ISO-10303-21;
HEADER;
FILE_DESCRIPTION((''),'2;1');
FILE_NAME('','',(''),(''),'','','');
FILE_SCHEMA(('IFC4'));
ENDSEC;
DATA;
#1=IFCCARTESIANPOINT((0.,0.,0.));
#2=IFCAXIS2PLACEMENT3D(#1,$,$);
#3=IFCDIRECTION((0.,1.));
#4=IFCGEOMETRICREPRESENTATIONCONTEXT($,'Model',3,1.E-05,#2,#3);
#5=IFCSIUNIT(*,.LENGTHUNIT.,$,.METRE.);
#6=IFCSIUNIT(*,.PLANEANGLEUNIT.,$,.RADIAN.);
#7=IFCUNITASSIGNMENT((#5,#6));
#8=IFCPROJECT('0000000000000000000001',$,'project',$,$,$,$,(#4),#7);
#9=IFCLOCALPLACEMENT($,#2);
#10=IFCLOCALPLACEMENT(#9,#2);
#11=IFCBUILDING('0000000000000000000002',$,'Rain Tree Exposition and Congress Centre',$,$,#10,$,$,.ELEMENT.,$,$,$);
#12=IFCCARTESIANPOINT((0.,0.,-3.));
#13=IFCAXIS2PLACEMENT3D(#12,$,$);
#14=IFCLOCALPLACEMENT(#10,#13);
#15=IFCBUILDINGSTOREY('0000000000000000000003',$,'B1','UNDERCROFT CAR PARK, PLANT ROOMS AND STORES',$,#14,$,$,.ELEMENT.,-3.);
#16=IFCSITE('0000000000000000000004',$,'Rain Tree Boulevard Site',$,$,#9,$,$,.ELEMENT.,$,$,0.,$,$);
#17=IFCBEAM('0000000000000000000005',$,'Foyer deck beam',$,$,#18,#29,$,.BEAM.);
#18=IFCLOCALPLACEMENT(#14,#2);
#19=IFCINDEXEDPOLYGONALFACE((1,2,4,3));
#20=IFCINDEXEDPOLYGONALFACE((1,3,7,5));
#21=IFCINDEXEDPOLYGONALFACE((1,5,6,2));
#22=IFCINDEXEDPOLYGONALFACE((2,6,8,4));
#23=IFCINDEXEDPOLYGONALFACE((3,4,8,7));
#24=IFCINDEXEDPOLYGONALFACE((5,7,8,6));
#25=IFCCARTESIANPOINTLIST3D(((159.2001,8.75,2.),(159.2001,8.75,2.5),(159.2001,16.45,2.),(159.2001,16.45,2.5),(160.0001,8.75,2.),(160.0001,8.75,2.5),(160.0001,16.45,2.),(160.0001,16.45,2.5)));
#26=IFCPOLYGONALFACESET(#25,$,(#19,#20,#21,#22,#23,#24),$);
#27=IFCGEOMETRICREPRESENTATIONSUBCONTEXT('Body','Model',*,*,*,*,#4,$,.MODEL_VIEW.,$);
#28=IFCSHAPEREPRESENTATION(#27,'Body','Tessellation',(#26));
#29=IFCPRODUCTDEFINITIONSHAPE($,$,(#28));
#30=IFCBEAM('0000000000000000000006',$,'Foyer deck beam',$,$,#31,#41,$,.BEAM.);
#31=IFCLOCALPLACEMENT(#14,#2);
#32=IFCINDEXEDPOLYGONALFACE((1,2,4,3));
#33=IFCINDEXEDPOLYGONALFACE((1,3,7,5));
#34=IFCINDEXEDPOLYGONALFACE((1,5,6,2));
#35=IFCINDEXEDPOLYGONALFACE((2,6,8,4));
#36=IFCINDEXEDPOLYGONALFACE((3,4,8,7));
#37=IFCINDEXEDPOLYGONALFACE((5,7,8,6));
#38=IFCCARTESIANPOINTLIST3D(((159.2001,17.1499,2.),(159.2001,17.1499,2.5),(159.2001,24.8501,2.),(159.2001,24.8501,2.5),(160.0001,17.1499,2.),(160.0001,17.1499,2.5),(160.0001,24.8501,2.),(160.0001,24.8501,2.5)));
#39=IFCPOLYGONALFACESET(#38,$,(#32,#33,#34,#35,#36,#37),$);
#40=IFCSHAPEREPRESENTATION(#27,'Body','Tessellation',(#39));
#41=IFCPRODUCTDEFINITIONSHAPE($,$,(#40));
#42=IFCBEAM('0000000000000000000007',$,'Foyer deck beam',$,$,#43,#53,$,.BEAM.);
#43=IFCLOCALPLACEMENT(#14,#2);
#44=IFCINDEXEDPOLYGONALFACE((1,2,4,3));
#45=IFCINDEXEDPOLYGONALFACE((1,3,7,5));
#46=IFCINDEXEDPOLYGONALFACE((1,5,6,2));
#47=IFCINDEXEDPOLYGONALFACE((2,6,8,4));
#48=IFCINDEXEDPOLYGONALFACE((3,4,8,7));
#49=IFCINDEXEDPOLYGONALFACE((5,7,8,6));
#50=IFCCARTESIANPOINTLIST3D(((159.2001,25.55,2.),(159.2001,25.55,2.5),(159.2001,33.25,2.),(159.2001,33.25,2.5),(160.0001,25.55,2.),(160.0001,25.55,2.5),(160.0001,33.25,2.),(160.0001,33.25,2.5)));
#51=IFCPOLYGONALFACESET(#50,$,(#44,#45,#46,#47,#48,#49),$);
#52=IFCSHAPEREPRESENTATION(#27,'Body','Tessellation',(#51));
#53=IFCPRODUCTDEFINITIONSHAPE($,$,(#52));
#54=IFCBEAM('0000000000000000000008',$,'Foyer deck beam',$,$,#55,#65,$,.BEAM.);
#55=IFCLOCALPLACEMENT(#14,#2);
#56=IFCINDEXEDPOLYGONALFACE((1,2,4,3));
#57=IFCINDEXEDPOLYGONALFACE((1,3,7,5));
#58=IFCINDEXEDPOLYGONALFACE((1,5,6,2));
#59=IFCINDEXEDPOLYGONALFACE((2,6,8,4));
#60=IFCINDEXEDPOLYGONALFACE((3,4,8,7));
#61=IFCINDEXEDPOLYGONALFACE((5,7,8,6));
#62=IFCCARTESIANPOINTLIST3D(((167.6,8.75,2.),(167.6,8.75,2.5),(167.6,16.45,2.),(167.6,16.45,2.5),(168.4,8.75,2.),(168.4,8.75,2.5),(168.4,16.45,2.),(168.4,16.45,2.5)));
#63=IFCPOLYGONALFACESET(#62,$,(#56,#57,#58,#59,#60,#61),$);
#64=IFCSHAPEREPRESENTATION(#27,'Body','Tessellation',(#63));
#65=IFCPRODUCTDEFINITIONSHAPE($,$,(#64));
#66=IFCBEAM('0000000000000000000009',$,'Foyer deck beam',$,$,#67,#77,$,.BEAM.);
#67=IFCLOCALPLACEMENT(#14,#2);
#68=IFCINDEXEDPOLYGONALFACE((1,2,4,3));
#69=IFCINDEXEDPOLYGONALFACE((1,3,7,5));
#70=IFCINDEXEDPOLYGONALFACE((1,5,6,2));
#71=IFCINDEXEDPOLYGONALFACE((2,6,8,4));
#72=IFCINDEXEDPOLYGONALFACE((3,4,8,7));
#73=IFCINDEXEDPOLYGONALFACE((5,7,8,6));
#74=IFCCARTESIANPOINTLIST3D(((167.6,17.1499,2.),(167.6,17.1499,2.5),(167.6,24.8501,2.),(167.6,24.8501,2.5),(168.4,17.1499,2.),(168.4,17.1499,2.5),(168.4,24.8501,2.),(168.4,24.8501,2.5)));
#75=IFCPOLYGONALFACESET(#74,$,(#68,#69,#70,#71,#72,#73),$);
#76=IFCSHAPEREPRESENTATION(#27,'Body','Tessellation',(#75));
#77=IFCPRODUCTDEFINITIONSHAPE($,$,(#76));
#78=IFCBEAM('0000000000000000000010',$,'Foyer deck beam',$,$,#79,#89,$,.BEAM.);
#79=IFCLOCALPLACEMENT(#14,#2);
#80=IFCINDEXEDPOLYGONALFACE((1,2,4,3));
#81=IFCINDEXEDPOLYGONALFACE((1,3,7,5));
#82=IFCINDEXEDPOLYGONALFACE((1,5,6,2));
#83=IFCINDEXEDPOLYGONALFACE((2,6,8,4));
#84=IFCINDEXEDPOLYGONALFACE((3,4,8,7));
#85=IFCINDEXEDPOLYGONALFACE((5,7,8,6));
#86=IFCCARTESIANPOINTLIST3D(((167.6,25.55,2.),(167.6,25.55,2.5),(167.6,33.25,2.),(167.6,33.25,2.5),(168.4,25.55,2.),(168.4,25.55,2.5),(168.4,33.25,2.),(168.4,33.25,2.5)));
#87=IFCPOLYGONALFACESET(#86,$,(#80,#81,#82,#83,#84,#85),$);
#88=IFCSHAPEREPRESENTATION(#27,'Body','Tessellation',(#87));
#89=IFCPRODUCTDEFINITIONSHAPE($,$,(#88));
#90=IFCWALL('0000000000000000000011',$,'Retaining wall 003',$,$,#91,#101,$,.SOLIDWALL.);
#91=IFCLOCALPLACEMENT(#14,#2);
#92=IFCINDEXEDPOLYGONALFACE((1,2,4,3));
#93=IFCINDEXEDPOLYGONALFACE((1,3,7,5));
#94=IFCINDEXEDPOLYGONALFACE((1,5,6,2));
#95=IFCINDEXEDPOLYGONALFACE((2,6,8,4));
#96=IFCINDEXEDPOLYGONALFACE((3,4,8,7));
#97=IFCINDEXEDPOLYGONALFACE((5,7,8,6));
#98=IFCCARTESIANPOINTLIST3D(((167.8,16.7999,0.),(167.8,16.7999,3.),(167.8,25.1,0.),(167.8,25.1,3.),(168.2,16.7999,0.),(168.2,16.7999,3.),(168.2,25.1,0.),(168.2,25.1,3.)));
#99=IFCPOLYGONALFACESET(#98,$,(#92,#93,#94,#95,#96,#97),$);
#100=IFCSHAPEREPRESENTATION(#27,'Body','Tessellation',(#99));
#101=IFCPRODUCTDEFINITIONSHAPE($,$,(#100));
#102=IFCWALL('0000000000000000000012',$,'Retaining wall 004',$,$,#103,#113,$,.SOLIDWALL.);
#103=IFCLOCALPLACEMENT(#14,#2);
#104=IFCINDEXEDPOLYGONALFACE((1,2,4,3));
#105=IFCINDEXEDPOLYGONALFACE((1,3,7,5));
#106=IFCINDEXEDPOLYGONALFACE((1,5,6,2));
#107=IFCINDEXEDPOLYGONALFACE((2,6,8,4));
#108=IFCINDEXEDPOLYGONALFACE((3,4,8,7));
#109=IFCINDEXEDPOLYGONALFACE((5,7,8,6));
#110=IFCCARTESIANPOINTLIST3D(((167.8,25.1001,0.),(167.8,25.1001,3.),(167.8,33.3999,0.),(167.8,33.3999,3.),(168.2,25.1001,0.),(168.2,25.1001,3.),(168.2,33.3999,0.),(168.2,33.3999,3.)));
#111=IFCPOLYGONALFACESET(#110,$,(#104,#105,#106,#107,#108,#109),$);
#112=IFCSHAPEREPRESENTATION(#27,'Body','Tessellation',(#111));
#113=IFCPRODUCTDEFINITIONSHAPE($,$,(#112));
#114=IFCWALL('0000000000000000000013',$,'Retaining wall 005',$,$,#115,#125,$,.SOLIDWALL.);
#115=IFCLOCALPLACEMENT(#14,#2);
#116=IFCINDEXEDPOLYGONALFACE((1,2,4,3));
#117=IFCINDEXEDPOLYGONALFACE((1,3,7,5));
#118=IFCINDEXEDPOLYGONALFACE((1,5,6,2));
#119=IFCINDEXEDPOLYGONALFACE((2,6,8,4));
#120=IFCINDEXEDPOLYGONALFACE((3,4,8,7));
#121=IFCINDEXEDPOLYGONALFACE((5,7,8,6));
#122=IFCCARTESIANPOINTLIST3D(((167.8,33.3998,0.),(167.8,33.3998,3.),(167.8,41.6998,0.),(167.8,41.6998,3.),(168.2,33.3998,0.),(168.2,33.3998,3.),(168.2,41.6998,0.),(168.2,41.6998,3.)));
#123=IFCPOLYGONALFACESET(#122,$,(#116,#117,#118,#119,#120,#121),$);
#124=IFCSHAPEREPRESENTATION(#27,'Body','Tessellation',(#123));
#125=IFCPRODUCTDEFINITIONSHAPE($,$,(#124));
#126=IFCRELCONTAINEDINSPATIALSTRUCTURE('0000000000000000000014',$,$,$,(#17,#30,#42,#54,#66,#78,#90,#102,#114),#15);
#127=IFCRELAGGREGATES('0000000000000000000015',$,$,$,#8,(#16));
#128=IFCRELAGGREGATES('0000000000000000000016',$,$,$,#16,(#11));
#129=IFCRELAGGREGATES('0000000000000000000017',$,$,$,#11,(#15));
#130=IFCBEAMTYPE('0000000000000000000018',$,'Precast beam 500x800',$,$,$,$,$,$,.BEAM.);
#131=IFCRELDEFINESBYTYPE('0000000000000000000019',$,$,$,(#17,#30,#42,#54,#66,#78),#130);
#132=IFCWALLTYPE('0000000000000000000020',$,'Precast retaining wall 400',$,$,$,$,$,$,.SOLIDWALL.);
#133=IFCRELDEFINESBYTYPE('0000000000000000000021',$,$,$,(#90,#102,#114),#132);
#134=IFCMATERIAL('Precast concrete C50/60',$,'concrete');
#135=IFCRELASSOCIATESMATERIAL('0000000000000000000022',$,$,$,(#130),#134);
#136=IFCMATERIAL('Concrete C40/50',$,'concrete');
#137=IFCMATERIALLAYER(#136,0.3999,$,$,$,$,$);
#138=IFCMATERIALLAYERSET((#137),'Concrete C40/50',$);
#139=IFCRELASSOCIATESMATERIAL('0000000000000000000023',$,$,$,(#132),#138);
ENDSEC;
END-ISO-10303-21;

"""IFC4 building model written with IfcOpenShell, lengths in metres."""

from ifc_helpers import new_model, si_unit, direction, frame, frame_2d, origin, origin_2d, place, context, subcontext, project, spatial, rectangle, extrude, material, layer, layer_set, material_profile, profile_set, type_object, element, save


model = new_model("IFC4")

# Units and contexts
model_context = context("Model", 3, precision=1e-05, world=origin(), true_north=direction((0.0, 1.0)))
body_context = subcontext(model_context, "Body", "Model", "MODEL_VIEW")
ifc_project = project(units=[si_unit("LENGTHUNIT", "METRE"), si_unit("PLANEANGLEUNIT", "RADIAN")], contexts=[model_context])

# Site, building, storey
site_placement = place(None, origin())
site = spatial("IfcSite", under=ifc_project, at=site_placement, Name="Rain Tree Boulevard Site", CompositionType="ELEMENT", RefElevation=0.0)
building_placement = place(site_placement, origin())
building = spatial("IfcBuilding", under=site, at=building_placement, Name="Rain Tree Exposition and Congress Centre", CompositionType="ELEMENT")
storey_placement = place(building_placement, frame((0.0, 0.0, -3.0)))
storey = spatial("IfcBuildingStorey", under=building, at=storey_placement, Name="B1", Description="UNDERCROFT CAR PARK, PLANT ROOMS AND STORES", CompositionType="ELEMENT", Elevation=-3.0)

# Beams
ifc_material_1 = material(Name="Precast concrete C50/60", Category="concrete")
ifc_material_profile_1 = material_profile(ifc_material_1, rectangle(XDim=0.5, YDim=0.8, at=origin_2d()), Name="RC 500x800")
ifc_profile_set_1 = profile_set([ifc_material_profile_1], Name="Precast concrete C50/60")
beam_type = type_object("IfcBeamType", Name="Precast beam 500x800", PredefinedType="BEAM", material=ifc_profile_set_1)
for number, where, z_axis, x_axis, name in (
    (1, (159.6001, 8.75, 2.25), (0.0, 1.0, 0.0), (0.0, 0.0, 1.0), "Foyer deck beam"),
):
    element("IfcBeam", number, at=place(storey_placement, frame(where, z_axis=z_axis, x_axis=x_axis)), inside=storey, type_object=beam_type, Name=name, PredefinedType="BEAM", context=body_context, shape_type="SweptSolid", body=[
        extrude(rectangle(XDim=0.5, YDim=0.8, at=origin_2d()), origin(), (0.0, 0.0, 1.0), 7.7),
    ])
beam_1_placement = place(storey_placement, frame((159.6001, 17.1499, 2.25), z_axis=(0.0, 1.0, 0.0), x_axis=(0.0, 0.0, 1.0)))
element("IfcBeam", 2, at=beam_1_placement, inside=storey, type_object=beam_type, Name="Foyer deck beam", PredefinedType="BEAM", context=body_context, shape_type="SweptSolid", body=[
    extrude(rectangle(XDim=0.5, YDim=0.8, at=origin_2d()), origin(), (0.0, 0.0, 1.0), 7.7002),
])
for number, where, z_axis, x_axis, name in (
    (3, (159.6001, 25.55, 2.25), (0.0, 1.0, 0.0), (0.0, 0.0, 1.0), "Foyer deck beam"),
    (4, (168.0, 8.75, 2.25), (0.0, 1.0, 0.0), (0.0, 0.0, 1.0), "Foyer deck beam"),
):
    element("IfcBeam", number, at=place(storey_placement, frame(where, z_axis=z_axis, x_axis=x_axis)), inside=storey, type_object=beam_type, Name=name, PredefinedType="BEAM", context=body_context, shape_type="SweptSolid", body=[
        extrude(rectangle(XDim=0.5, YDim=0.8, at=origin_2d()), origin(), (0.0, 0.0, 1.0), 7.7),
    ])
beam_2_placement = place(storey_placement, frame((168.0, 17.1499, 2.25), z_axis=(0.0, 1.0, 0.0), x_axis=(0.0, 0.0, 1.0)))
element("IfcBeam", 5, at=beam_2_placement, inside=storey, type_object=beam_type, Name="Foyer deck beam", PredefinedType="BEAM", context=body_context, shape_type="SweptSolid", body=[
    extrude(rectangle(XDim=0.5, YDim=0.8, at=origin_2d()), origin(), (0.0, 0.0, 1.0), 7.7002),
])
beam_3_placement = place(storey_placement, frame((168.0, 25.55, 2.25), z_axis=(0.0, 1.0, 0.0), x_axis=(0.0, 0.0, 1.0)))
element("IfcBeam", 6, at=beam_3_placement, inside=storey, type_object=beam_type, Name="Foyer deck beam", PredefinedType="BEAM", context=body_context, shape_type="SweptSolid", body=[
    extrude(rectangle(XDim=0.5, YDim=0.8, at=origin_2d()), origin(), (0.0, 0.0, 1.0), 7.7),
])

# Walls
ifc_material_2 = material(Name="Concrete C40/50", Category="concrete")
ifc_layer = layer(ifc_material_2, 0.3999)
ifc_layer_set = layer_set([ifc_layer], Name="Concrete C40/50")
wall_type = type_object("IfcWallType", Name="Precast retaining wall 400", PredefinedType="SOLIDWALL", material=ifc_layer_set)
wall_1_placement = place(storey_placement, frame((168.0, 16.8, 0.0), z_axis=(0.0, 0.0, 1.0), x_axis=(0.0, 1.0, 0.0)))
element("IfcWall", 7, at=wall_1_placement, inside=storey, type_object=wall_type, Name="Retaining wall 003", PredefinedType="SOLIDWALL", context=body_context, shape_type="SweptSolid", body=[
    extrude(rectangle(XDim=8.3, YDim=0.3999, at=frame_2d((4.1499, 0.0))), origin(), (0.0, 0.0, 1.0), 3.0),
])
wall_2_placement = place(storey_placement, frame((168.0, 25.1001, 0.0), z_axis=(0.0, 0.0, 1.0), x_axis=(0.0, 1.0, 0.0)))
element("IfcWall", 8, at=wall_2_placement, inside=storey, type_object=wall_type, Name="Retaining wall 004", PredefinedType="SOLIDWALL", context=body_context, shape_type="SweptSolid", body=[
    extrude(rectangle(XDim=8.2998, YDim=0.3999, at=frame_2d((4.1499, 0.0))), origin(), (0.0, 0.0, 1.0), 3.0),
])
wall_3_placement = place(storey_placement, frame((168.0, 33.3999, 0.0), z_axis=(0.0, 0.0, 1.0), x_axis=(0.0, 1.0, 0.0)))
element("IfcWall", 9, at=wall_3_placement, inside=storey, type_object=wall_type, Name="Retaining wall 005", PredefinedType="SOLIDWALL", context=body_context, shape_type="SweptSolid", body=[
    extrude(rectangle(XDim=8.3, YDim=0.3999, at=frame_2d((4.1499, 0.0))), origin(), (0.0, 0.0, 1.0), 3.0),
])

save(model, "model.ifc")
